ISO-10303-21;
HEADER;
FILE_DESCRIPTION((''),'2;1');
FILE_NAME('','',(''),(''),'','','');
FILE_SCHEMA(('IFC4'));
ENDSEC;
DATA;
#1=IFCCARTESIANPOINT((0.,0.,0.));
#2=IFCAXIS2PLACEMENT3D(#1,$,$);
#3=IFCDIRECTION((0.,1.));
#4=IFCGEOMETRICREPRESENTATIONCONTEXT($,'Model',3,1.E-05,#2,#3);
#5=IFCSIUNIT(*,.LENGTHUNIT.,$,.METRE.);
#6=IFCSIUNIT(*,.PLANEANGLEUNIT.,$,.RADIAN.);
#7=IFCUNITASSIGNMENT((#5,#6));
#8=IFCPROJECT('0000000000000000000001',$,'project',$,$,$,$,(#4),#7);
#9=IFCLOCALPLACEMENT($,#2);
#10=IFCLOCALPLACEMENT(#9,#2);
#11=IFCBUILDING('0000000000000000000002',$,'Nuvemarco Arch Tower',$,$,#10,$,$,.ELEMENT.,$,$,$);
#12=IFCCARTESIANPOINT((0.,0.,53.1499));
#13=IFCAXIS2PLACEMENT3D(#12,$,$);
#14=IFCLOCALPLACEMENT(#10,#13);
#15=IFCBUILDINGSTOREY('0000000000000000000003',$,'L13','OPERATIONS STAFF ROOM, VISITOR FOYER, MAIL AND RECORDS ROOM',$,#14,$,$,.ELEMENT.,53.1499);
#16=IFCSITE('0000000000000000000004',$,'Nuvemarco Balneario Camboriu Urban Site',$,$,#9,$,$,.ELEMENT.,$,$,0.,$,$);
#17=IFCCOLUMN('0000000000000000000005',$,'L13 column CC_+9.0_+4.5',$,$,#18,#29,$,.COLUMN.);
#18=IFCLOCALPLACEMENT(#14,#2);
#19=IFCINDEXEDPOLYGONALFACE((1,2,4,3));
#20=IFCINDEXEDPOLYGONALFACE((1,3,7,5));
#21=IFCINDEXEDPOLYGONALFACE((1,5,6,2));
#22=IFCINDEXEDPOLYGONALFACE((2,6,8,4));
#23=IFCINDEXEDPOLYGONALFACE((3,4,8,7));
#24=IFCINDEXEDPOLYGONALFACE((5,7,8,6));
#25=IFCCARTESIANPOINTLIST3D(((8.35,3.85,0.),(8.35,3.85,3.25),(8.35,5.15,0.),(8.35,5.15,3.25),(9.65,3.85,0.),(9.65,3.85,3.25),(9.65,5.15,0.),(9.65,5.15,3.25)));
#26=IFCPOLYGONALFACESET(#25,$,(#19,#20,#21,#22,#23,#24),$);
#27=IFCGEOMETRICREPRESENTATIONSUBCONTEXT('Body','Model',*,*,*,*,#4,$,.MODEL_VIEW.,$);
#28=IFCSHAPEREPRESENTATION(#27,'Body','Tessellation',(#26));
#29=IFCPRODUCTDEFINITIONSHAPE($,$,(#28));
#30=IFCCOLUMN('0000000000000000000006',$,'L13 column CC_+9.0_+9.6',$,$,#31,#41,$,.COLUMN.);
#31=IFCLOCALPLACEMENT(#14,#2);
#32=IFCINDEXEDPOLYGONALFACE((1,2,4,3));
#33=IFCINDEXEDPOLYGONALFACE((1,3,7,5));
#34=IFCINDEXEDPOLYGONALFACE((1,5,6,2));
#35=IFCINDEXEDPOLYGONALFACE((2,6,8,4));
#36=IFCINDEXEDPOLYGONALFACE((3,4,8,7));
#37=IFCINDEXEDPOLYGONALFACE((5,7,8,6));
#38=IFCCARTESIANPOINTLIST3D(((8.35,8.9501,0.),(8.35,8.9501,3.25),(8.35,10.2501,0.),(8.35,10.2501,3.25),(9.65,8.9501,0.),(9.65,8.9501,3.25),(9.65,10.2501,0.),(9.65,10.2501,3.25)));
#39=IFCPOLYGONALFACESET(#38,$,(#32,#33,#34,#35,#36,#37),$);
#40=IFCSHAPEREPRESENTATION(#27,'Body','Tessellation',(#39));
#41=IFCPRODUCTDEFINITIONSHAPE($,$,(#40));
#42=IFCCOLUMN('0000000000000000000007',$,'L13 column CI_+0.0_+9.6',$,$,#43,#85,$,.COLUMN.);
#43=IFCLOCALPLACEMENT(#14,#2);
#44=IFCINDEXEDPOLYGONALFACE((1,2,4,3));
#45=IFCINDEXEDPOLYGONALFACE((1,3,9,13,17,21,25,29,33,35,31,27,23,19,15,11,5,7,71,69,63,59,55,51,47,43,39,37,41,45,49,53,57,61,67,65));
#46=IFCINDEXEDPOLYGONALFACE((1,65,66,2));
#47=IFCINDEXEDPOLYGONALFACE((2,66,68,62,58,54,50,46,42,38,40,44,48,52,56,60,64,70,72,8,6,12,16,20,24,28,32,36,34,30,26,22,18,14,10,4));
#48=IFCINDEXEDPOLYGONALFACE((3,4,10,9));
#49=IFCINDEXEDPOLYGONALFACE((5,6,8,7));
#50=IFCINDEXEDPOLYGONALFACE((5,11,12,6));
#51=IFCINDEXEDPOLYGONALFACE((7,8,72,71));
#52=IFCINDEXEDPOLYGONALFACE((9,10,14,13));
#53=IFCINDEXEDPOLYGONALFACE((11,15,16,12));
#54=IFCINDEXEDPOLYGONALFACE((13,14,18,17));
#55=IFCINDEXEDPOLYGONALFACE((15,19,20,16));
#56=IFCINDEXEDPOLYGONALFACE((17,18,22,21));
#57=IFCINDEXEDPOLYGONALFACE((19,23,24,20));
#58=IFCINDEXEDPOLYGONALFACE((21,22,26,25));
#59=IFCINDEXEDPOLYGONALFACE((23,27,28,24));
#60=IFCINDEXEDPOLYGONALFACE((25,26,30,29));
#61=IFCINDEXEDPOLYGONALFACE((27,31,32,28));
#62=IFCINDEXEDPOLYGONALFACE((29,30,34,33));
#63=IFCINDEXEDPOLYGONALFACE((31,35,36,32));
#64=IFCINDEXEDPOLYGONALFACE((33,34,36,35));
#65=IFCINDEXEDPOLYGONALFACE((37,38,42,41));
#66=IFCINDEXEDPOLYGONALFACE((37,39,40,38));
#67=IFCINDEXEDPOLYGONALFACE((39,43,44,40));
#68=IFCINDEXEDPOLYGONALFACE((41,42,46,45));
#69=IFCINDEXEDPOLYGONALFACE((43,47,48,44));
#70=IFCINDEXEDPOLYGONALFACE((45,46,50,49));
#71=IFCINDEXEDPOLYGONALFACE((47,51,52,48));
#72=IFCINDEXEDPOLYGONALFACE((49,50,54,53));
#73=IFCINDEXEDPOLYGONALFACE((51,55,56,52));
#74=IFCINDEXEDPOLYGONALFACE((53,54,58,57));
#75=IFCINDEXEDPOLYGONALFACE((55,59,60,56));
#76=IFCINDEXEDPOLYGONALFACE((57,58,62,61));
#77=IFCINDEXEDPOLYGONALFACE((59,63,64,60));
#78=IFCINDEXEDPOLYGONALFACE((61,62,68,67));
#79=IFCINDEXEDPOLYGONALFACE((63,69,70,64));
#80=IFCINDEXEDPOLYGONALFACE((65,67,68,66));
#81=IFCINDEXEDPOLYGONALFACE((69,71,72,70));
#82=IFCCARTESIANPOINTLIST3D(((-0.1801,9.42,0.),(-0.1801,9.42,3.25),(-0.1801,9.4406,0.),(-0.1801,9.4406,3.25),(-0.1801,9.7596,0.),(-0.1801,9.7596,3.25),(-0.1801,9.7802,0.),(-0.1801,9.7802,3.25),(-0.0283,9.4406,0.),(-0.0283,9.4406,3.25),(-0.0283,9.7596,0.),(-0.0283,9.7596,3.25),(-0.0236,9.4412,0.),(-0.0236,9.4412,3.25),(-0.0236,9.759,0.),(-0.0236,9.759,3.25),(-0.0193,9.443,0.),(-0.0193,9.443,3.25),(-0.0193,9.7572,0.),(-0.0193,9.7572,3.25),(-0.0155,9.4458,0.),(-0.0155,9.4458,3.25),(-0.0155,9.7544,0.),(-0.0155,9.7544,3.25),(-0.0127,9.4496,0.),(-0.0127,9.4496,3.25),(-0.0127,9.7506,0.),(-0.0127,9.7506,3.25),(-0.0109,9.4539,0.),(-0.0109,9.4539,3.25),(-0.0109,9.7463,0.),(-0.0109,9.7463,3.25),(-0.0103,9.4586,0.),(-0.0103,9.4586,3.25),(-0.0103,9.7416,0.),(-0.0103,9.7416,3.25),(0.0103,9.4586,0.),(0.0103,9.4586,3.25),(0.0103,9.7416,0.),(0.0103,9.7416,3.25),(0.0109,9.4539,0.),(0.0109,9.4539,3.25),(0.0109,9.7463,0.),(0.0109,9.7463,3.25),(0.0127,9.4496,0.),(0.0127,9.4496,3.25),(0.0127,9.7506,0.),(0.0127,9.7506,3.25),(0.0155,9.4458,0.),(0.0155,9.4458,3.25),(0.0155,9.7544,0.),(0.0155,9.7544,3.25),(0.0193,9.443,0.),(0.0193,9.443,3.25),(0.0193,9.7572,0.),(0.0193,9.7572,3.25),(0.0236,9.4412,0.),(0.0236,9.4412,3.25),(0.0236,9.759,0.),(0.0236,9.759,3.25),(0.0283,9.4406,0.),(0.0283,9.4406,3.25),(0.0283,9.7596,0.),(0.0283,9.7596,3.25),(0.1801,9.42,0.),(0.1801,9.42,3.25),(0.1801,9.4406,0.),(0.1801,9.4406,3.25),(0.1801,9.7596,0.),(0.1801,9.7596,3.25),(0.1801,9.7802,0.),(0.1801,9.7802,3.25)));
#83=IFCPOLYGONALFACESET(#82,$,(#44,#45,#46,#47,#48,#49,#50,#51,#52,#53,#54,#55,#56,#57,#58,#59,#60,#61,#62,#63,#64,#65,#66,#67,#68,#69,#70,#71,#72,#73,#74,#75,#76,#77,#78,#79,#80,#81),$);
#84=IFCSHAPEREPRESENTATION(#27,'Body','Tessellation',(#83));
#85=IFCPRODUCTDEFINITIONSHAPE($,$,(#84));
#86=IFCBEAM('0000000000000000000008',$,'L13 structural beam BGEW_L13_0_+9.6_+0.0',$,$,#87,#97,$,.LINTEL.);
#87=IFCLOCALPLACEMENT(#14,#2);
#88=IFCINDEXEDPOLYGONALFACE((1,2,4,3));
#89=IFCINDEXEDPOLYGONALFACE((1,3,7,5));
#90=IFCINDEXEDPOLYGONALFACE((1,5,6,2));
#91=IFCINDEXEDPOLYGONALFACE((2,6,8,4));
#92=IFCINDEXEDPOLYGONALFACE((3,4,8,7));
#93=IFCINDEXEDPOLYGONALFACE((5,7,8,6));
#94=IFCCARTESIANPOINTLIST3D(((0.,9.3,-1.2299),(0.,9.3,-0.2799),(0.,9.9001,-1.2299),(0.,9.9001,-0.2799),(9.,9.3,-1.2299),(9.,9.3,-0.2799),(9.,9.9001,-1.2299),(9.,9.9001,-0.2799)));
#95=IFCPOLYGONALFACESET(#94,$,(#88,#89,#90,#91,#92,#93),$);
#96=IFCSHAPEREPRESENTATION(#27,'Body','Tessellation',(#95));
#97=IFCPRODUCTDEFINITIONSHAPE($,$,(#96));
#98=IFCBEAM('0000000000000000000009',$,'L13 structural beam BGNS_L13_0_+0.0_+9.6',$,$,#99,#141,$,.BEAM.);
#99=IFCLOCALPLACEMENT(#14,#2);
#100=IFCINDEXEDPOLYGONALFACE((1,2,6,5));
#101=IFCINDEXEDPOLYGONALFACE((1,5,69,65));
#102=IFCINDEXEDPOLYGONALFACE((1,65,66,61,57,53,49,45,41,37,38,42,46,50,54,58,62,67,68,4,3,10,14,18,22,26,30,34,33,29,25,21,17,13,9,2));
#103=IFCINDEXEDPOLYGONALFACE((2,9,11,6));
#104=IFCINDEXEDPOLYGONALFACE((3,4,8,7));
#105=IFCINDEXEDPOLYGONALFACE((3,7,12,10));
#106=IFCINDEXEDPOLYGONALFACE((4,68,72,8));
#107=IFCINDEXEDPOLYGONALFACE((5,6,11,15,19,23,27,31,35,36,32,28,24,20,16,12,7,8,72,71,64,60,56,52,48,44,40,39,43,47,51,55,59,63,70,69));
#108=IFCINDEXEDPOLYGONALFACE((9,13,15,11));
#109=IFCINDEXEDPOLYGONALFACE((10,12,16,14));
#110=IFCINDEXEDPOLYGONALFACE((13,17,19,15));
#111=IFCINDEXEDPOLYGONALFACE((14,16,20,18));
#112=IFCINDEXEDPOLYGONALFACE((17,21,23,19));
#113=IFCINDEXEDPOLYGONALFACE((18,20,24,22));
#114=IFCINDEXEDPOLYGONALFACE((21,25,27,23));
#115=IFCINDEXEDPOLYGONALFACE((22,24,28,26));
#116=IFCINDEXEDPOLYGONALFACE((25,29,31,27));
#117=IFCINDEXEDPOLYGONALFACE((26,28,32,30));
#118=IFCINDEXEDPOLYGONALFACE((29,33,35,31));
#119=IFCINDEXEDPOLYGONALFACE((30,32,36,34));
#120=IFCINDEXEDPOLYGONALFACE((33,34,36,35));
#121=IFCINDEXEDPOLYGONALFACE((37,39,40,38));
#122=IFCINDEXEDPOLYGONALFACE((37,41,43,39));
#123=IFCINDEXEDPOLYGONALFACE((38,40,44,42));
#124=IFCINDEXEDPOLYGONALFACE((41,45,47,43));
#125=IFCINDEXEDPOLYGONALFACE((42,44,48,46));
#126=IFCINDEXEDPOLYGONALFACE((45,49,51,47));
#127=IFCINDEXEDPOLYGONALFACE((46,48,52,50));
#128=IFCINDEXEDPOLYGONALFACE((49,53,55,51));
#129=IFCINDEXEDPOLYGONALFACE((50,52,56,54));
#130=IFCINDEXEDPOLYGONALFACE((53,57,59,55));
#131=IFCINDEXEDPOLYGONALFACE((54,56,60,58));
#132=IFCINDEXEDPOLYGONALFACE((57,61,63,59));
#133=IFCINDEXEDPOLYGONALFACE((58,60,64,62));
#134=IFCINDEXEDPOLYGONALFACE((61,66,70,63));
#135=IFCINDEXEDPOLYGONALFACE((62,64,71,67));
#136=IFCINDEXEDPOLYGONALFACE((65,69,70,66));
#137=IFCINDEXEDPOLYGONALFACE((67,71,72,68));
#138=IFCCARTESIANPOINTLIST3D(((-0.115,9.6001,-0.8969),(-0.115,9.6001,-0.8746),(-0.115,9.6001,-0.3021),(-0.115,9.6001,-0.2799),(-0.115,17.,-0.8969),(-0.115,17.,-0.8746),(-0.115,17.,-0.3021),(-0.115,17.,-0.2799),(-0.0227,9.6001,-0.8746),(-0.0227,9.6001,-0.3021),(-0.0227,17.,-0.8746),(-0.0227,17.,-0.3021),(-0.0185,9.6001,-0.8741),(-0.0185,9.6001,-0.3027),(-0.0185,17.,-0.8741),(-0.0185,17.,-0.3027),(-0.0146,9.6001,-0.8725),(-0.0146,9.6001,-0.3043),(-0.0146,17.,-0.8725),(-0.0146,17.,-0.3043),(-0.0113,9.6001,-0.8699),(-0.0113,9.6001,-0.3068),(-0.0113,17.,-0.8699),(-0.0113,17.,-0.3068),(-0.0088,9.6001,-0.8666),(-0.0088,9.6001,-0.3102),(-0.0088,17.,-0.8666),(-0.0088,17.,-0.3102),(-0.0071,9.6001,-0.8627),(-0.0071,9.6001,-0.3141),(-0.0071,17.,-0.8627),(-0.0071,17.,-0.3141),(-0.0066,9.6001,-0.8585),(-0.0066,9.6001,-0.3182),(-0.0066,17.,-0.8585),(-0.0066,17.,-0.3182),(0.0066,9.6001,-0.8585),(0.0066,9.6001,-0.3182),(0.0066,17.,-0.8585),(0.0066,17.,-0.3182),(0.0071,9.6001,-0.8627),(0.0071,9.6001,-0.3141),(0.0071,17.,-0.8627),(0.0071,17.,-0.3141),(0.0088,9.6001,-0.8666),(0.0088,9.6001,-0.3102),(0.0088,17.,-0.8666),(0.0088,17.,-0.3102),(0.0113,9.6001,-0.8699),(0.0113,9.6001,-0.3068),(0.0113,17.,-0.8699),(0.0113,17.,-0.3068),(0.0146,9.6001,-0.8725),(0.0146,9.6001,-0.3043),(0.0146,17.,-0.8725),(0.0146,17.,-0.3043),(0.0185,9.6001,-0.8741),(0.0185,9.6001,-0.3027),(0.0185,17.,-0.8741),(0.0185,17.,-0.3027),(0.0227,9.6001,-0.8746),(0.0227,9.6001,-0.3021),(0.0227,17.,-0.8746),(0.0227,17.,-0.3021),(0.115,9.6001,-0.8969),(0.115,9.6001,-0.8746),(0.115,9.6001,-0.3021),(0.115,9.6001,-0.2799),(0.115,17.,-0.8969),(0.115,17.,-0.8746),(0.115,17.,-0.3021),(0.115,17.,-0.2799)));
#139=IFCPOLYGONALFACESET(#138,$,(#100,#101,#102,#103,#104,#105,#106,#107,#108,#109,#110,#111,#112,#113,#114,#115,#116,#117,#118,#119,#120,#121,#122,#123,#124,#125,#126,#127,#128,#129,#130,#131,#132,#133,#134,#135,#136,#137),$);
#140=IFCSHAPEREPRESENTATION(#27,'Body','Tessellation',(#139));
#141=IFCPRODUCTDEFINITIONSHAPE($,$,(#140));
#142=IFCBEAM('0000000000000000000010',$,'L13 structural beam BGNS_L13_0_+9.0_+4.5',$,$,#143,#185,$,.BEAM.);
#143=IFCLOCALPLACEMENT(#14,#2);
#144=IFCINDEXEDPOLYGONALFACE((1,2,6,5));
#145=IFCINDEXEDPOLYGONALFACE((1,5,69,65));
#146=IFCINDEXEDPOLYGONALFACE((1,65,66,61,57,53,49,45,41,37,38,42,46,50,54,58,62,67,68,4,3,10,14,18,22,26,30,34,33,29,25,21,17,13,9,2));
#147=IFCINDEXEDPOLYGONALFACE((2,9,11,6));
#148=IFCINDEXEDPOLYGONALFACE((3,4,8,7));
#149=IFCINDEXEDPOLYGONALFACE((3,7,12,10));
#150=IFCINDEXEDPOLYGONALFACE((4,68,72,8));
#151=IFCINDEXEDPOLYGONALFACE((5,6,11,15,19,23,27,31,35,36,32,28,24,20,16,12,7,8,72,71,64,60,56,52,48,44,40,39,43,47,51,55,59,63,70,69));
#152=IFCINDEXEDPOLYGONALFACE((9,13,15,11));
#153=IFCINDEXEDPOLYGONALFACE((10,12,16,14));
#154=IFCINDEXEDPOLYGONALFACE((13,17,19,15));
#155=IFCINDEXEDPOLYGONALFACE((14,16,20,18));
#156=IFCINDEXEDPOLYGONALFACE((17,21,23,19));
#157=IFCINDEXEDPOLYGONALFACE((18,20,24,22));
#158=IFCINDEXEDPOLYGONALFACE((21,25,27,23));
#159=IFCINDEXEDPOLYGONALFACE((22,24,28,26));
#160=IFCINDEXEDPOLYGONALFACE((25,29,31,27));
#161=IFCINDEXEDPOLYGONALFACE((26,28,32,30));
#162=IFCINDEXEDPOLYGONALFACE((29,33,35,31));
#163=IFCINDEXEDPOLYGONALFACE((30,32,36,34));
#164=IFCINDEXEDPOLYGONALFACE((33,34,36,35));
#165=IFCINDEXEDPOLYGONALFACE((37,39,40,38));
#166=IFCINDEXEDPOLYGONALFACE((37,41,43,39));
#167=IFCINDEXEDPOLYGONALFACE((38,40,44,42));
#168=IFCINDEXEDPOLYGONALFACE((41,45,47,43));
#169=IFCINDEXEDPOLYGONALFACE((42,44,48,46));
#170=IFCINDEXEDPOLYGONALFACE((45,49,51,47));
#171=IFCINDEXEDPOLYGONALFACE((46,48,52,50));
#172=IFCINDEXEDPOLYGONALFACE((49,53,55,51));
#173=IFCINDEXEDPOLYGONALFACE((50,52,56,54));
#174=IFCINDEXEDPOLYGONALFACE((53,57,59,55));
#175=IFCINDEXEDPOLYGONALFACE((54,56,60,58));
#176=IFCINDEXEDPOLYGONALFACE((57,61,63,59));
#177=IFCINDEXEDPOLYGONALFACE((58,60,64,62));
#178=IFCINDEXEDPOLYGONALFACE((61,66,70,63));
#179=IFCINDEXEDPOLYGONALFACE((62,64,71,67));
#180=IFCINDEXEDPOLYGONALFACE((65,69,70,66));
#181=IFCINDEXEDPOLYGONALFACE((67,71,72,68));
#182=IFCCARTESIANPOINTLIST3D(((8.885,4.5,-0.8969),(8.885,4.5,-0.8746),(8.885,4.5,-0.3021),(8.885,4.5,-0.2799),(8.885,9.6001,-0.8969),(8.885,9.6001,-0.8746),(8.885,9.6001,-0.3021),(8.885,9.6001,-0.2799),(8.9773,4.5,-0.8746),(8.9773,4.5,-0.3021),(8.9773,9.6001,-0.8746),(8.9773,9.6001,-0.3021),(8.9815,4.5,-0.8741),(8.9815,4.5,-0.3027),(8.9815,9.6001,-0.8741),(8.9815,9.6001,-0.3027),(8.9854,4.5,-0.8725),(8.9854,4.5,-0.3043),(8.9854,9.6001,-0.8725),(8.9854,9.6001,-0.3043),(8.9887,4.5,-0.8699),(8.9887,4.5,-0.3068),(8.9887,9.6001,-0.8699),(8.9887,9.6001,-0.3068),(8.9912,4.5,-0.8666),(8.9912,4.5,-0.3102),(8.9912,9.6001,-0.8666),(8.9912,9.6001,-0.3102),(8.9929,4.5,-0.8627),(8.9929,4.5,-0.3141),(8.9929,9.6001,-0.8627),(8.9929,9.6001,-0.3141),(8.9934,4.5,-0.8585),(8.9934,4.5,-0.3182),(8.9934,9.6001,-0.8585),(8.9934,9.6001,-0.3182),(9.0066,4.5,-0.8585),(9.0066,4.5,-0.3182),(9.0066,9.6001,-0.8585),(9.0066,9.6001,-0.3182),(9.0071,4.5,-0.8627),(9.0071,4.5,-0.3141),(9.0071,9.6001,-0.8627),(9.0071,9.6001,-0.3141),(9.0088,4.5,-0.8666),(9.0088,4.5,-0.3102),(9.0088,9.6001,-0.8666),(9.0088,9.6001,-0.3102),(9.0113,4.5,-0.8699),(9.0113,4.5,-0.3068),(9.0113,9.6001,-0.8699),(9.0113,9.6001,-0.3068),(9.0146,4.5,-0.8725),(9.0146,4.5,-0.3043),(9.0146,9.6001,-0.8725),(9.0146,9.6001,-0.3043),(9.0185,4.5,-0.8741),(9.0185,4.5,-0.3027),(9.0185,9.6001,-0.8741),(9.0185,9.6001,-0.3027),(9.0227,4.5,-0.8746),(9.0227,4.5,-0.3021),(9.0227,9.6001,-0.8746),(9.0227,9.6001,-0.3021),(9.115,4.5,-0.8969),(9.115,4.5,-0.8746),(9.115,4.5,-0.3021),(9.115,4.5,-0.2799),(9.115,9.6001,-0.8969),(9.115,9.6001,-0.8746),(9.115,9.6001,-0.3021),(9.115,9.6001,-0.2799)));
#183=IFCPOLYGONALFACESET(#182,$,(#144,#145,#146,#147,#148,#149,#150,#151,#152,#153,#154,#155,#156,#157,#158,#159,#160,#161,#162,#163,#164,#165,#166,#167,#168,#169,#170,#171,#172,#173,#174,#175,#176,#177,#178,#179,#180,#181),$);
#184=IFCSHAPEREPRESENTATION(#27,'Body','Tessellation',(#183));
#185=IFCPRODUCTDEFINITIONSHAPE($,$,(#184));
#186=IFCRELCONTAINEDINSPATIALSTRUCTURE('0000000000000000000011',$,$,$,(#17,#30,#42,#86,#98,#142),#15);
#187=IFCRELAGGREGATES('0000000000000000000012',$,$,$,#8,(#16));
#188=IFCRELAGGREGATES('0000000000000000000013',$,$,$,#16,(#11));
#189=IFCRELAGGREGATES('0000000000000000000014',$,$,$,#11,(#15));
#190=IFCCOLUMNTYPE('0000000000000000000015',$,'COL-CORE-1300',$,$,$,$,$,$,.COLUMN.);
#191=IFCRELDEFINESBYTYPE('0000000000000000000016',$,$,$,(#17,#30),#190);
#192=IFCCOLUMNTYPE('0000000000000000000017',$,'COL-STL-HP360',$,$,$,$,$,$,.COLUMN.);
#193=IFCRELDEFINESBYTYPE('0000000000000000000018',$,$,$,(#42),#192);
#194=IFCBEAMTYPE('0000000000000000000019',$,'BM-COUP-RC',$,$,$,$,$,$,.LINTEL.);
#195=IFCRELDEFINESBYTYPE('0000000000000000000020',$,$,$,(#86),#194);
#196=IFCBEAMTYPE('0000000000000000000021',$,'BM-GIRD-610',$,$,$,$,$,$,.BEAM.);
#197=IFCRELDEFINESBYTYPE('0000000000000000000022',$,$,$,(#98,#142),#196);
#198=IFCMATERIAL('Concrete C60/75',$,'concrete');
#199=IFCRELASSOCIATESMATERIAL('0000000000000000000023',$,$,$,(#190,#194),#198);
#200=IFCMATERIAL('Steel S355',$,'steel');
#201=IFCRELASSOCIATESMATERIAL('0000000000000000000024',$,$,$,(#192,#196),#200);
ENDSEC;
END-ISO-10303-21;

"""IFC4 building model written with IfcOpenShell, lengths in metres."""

from ifc_helpers import new_model, si_unit, direction, frame, origin, origin_2d, place, context, subcontext, project, spatial, rectangle, i_section, extrude, material, material_profile, profile_set, type_object, element, save


model = new_model("IFC4")

# Units and contexts
model_context = context("Model", 3, precision=1e-05, world=origin(), true_north=direction((0.0, 1.0)))
body_context = subcontext(model_context, "Body", "Model", "MODEL_VIEW")
ifc_project = project(units=[si_unit("LENGTHUNIT", "METRE"), si_unit("PLANEANGLEUNIT", "RADIAN")], contexts=[model_context])

# Site, building, storey
site_placement = place(None, origin())
site = spatial("IfcSite", under=ifc_project, at=site_placement, Name="Nuvemarco Balneario Camboriu Urban Site", CompositionType="ELEMENT", RefElevation=0.0)
building_placement = place(site_placement, origin())
building = spatial("IfcBuilding", under=site, at=building_placement, Name="Nuvemarco Arch Tower", CompositionType="ELEMENT")
storey_placement = place(building_placement, frame((0.0, 0.0, 53.1499)))
storey = spatial("IfcBuildingStorey", under=building, at=storey_placement, Name="L13", Description="OPERATIONS STAFF ROOM, VISITOR FOYER, MAIL AND RECORDS ROOM", CompositionType="ELEMENT", Elevation=53.1499)

# Columns
ifc_material_1 = material(Name="Concrete C60/75", Category="concrete")
ifc_material_profile_1 = material_profile(ifc_material_1, rectangle(XDim=1.3, YDim=1.3, at=origin_2d()), Name="RC-COL-1300x1300")
ifc_profile_set_1 = profile_set([ifc_material_profile_1], Name="Concrete C60/75")
column_type_1 = type_object("IfcColumnType", Name="COL-CORE-1300", PredefinedType="COLUMN", material=ifc_profile_set_1)
for number, where, z_axis, x_axis, name in (
    (1, (9.0, 4.5, 0.0), (0.0, 0.0, 1.0), (1.0, 0.0, 0.0), "L13 column CC_+9.0_+4.5"),
    (2, (9.0, 9.6001, 0.0), (0.0, 0.0, 1.0), (1.0, 0.0, 0.0), "L13 column CC_+9.0_+9.6"),
):
    element("IfcColumn", number, at=place(storey_placement, frame(where, z_axis=z_axis, x_axis=x_axis)), inside=storey, type_object=column_type_1, Name=name, PredefinedType="COLUMN", context=body_context, shape_type="SweptSolid", body=[
        extrude(rectangle(XDim=1.3, YDim=1.3, at=origin_2d()), origin(), (0.0, 0.0, 1.0), 3.25),
    ])
ifc_material_2 = material(Name="Steel S355", Category="steel")
ifc_material_profile_2 = material_profile(ifc_material_2, i_section(OverallWidth=0.3601, OverallDepth=0.3601, WebThickness=0.0205, FlangeThickness=0.0205, FilletRadius=0.0181, at=origin_2d()), Name="HP360x174")
ifc_profile_set_2 = profile_set([ifc_material_profile_2], Name="Steel S355")
column_type_2 = type_object("IfcColumnType", Name="COL-STL-HP360", PredefinedType="COLUMN", material=ifc_profile_set_2)
column_placement = place(storey_placement, frame((0.0, 9.6001, 0.0), z_axis=(0.0, 0.0, 1.0), x_axis=(1.0, 0.0, 0.0)))
element("IfcColumn", 3, at=column_placement, inside=storey, type_object=column_type_2, Name="L13 column CI_+0.0_+9.6", PredefinedType="COLUMN", context=body_context, shape_type="SweptSolid", body=[
    extrude(i_section(OverallWidth=0.3601, OverallDepth=0.3601, WebThickness=0.0205, FlangeThickness=0.0205, FilletRadius=0.0181, at=origin_2d()), origin(), (0.0, 0.0, 1.0), 3.25),
])

# Beams
ifc_material_profile_3 = material_profile(ifc_material_1, rectangle(XDim=0.6001, YDim=0.95, at=origin_2d()), Name="RC-BM-600x950")
ifc_profile_set_3 = profile_set([ifc_material_profile_3], Name="Concrete C60/75")
beam_type_1 = type_object("IfcBeamType", Name="BM-COUP-RC", PredefinedType="LINTEL", material=ifc_profile_set_3)
beam_1_placement = place(storey_placement, frame((0.0, 9.6001, -0.7549), z_axis=(1.0, 0.0, 0.0), x_axis=(0.0, 1.0, 0.0)))
element("IfcBeam", 4, at=beam_1_placement, inside=storey, type_object=beam_type_1, Name="L13 structural beam BGEW_L13_0_+9.6_+0.0", PredefinedType="LINTEL", context=body_context, shape_type="SweptSolid", body=[
    extrude(rectangle(XDim=0.6001, YDim=0.95, at=origin_2d()), origin(), (0.0, 0.0, 1.0), 9.0),
])
ifc_material_profile_4 = material_profile(ifc_material_2, i_section(OverallWidth=0.23, OverallDepth=0.6169, WebThickness=0.0132, FlangeThickness=0.0222, FilletRadius=0.0161, at=origin_2d()), Name="W610x140")
ifc_profile_set_4 = profile_set([ifc_material_profile_4], Name="Steel S355")
beam_type_2 = type_object("IfcBeamType", Name="BM-GIRD-610", PredefinedType="BEAM", material=ifc_profile_set_4)
beam_2_placement = place(storey_placement, frame((0.0, 9.6001, -0.5884), z_axis=(0.0, 1.0, 0.0), x_axis=(-1.0, 0.0, 0.0)))
element("IfcBeam", 5, at=beam_2_placement, inside=storey, type_object=beam_type_2, Name="L13 structural beam BGNS_L13_0_+0.0_+9.6", PredefinedType="BEAM", context=body_context, shape_type="SweptSolid", body=[
    extrude(i_section(OverallWidth=0.23, OverallDepth=0.6169, WebThickness=0.0132, FlangeThickness=0.0222, FilletRadius=0.0161, at=origin_2d()), origin(), (0.0, 0.0, 1.0), 7.3999),
])
beam_3_placement = place(storey_placement, frame((9.0, 4.5, -0.5884), z_axis=(0.0, 1.0, 0.0), x_axis=(-1.0, 0.0, 0.0)))
element("IfcBeam", 6, at=beam_3_placement, inside=storey, type_object=beam_type_2, Name="L13 structural beam BGNS_L13_0_+9.0_+4.5", PredefinedType="BEAM", context=body_context, shape_type="SweptSolid", body=[
    extrude(i_section(OverallWidth=0.23, OverallDepth=0.6169, WebThickness=0.0132, FlangeThickness=0.0222, FilletRadius=0.0161, at=origin_2d()), origin(), (0.0, 0.0, 1.0), 5.1001),
])

save(model, "model.ifc")
